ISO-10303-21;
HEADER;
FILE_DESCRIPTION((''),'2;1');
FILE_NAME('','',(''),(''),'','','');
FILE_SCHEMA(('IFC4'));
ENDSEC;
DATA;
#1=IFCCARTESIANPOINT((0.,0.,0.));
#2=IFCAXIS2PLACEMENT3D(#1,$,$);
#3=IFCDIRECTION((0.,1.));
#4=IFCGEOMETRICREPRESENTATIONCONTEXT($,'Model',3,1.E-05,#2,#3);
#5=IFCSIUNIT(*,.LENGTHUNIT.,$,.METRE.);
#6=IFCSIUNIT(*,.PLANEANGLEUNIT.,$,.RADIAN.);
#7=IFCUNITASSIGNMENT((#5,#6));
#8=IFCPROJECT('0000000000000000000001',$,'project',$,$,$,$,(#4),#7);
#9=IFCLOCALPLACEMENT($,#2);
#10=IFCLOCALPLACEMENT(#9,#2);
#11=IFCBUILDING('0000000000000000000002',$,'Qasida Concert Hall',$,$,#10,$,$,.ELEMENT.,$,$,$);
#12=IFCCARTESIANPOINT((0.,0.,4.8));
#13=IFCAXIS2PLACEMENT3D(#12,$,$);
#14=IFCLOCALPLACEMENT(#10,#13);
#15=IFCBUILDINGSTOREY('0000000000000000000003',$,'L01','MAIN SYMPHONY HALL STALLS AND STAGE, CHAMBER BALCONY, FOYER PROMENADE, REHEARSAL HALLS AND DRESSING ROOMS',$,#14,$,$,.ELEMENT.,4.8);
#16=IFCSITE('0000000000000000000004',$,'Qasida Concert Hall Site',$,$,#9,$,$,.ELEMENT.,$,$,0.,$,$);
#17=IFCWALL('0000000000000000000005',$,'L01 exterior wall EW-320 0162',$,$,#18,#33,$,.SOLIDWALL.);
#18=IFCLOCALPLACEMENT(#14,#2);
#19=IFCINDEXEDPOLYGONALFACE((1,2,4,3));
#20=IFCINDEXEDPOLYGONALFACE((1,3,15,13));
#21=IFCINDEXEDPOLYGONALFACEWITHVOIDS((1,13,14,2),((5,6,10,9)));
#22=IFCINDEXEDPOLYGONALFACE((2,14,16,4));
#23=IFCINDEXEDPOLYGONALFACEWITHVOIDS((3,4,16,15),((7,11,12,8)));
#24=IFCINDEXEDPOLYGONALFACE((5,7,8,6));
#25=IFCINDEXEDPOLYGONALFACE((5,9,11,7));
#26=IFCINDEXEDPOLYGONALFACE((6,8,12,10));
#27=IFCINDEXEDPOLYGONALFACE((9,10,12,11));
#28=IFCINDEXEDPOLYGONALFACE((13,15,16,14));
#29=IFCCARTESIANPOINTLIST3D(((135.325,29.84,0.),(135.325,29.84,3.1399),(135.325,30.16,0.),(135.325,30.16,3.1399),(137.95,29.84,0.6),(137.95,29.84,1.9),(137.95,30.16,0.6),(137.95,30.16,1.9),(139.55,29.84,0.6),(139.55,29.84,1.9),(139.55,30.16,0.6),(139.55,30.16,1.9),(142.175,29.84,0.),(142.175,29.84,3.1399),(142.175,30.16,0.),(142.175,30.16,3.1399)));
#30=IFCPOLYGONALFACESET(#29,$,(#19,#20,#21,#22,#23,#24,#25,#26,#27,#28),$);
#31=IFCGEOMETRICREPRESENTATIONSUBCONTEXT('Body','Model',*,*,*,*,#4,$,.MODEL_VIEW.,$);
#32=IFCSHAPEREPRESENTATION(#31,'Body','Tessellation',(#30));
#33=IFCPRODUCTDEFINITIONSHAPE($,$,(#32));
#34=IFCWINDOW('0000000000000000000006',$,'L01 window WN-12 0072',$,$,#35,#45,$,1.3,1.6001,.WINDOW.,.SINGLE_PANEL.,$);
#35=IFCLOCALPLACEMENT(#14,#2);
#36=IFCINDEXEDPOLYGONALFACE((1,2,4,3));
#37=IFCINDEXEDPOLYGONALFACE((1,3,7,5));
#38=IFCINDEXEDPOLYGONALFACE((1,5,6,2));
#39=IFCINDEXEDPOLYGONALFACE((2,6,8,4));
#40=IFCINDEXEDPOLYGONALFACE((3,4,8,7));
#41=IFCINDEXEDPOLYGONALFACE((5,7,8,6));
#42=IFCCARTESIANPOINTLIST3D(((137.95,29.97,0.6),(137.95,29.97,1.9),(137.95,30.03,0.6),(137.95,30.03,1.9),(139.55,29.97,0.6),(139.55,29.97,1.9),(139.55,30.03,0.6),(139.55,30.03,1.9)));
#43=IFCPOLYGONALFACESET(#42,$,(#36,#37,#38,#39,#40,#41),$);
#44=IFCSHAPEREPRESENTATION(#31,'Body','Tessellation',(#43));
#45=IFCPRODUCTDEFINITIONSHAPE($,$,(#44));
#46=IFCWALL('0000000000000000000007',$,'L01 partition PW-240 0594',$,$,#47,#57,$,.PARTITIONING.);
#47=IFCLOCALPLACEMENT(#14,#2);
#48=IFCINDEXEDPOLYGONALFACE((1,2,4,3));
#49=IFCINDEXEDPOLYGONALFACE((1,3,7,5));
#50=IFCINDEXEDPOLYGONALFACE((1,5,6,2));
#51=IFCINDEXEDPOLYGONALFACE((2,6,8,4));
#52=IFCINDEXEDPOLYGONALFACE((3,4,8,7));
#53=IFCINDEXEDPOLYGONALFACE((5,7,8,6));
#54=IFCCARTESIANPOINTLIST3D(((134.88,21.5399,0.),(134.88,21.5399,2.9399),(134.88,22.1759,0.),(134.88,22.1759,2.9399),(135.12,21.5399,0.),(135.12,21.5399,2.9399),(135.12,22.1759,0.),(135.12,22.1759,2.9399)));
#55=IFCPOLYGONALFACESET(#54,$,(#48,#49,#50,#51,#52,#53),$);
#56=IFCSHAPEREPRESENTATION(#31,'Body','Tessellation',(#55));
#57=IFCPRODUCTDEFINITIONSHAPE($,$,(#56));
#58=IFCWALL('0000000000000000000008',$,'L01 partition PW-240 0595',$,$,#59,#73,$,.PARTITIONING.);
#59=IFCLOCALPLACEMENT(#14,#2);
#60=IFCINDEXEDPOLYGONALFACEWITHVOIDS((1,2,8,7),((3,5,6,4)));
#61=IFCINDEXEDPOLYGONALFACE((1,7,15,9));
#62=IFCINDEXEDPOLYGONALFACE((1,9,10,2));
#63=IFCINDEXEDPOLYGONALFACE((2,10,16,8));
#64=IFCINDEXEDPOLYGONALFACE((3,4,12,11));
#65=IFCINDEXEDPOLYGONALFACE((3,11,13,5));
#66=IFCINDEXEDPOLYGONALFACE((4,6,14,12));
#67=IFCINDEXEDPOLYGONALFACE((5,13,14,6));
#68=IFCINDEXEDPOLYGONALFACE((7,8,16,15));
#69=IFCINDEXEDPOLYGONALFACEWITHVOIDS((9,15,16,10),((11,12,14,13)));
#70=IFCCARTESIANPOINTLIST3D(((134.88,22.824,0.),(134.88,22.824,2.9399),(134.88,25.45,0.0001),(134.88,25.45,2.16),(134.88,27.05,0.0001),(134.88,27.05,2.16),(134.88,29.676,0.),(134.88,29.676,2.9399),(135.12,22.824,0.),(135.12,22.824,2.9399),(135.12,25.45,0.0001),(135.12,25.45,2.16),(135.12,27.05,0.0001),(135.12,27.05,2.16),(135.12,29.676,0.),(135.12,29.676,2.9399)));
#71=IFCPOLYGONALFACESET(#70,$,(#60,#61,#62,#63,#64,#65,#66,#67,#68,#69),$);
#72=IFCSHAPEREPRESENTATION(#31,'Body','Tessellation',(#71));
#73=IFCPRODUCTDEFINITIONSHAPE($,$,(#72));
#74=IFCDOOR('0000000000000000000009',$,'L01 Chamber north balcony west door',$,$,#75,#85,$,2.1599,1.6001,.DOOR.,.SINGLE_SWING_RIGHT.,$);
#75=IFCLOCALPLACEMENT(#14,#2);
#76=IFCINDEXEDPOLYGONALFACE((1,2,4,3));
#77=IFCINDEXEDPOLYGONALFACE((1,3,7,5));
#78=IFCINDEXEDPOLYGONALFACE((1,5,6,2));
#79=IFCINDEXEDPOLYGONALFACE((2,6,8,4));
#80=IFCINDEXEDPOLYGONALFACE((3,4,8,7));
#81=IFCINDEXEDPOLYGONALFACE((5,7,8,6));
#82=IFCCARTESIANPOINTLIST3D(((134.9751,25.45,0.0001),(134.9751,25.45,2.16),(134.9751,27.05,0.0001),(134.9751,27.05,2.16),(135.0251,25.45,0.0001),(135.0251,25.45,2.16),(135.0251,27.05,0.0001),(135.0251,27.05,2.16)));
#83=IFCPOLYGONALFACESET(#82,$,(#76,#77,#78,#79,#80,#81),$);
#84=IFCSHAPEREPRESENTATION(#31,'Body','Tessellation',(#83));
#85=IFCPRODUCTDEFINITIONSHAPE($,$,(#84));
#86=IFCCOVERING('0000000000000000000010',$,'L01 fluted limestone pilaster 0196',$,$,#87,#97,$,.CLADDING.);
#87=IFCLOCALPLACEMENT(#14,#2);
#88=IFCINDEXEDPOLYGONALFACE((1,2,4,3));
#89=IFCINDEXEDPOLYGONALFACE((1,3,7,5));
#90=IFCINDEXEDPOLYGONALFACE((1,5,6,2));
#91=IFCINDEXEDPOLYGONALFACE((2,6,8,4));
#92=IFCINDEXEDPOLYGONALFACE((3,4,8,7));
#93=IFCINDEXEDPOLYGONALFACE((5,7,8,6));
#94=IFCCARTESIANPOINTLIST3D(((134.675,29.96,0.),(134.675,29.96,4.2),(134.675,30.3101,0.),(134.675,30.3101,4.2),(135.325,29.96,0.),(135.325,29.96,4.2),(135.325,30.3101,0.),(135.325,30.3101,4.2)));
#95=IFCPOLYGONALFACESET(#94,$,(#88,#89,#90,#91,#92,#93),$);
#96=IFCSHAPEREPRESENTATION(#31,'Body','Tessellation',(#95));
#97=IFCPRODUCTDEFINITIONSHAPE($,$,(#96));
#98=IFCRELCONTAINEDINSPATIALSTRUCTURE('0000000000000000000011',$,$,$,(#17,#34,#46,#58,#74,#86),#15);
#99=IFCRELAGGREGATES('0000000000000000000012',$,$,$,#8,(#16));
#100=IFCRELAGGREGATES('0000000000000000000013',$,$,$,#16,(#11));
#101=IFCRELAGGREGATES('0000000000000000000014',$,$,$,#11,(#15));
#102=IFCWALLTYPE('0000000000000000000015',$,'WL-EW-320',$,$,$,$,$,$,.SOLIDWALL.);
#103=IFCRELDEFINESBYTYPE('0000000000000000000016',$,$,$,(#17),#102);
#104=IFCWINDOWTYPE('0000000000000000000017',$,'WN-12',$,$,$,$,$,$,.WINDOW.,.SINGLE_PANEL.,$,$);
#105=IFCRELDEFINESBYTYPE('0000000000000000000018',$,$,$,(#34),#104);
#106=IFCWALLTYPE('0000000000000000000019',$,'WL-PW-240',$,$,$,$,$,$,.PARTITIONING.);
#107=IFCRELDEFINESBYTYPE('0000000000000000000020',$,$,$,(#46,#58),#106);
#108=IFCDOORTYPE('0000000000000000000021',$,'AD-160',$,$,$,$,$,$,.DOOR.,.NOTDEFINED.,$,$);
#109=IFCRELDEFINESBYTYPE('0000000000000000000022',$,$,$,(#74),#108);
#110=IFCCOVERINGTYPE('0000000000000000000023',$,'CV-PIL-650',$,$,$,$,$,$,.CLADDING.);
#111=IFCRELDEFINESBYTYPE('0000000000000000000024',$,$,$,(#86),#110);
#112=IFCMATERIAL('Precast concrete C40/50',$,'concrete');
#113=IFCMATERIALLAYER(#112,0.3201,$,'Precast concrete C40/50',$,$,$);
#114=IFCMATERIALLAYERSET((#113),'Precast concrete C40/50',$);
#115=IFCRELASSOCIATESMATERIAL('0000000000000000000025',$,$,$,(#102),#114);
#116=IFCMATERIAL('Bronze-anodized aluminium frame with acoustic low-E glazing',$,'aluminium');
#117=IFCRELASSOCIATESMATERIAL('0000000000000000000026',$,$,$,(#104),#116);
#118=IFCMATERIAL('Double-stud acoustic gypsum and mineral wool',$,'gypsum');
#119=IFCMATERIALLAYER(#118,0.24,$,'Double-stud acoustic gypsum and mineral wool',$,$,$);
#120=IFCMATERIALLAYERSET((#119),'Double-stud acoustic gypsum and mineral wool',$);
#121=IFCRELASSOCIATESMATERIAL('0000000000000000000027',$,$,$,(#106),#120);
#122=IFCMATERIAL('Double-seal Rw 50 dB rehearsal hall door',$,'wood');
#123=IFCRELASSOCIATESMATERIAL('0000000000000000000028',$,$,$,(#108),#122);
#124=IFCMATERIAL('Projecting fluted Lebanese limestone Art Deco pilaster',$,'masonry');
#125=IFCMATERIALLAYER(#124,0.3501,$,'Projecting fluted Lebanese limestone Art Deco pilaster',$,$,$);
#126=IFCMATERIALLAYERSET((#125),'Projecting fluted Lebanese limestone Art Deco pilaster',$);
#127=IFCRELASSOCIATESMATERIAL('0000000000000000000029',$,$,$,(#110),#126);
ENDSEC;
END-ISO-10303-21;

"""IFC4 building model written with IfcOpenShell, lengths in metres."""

from ifc_helpers import new_model, si_unit, direction, frame, frame_2d, origin, origin_2d, place, context, subcontext, project, spatial, rectangle, extrude, material, layer, layer_set, type_object, element, fill, save


model = new_model("IFC4")

# Units and contexts
model_context = context("Model", 3, precision=1e-05, world=origin(), true_north=direction((0.0, 1.0)))
body_context = subcontext(model_context, "Body", "Model", "MODEL_VIEW")
ifc_project = project(units=[si_unit("LENGTHUNIT", "METRE"), si_unit("PLANEANGLEUNIT", "RADIAN")], contexts=[model_context])

# Site, building, storey
site_placement = place(None, origin())
site = spatial("IfcSite", under=ifc_project, at=site_placement, Name="Qasida Concert Hall Site", CompositionType="ELEMENT", RefElevation=0.0)
building_placement = place(site_placement, origin())
building = spatial("IfcBuilding", under=site, at=building_placement, Name="Qasida Concert Hall", CompositionType="ELEMENT")
storey_placement = place(building_placement, frame((0.0, 0.0, 4.8)))
storey = spatial("IfcBuildingStorey", under=building, at=storey_placement, Name="L01", Description="MAIN SYMPHONY HALL STALLS AND STAGE, CHAMBER BALCONY, FOYER PROMENADE, REHEARSAL HALLS AND DRESSING ROOMS", CompositionType="ELEMENT", Elevation=4.8)

# Wall, opening, window
ifc_material_1 = material(Name="Precast concrete C40/50", Category="concrete")
ifc_layer_1 = layer(ifc_material_1, 0.3201, Name="Precast concrete C40/50")
ifc_layer_set_1 = layer_set([ifc_layer_1], Name="Precast concrete C40/50")
wall_type_1 = type_object("IfcWallType", Name="WL-EW-320", PredefinedType="SOLIDWALL", material=ifc_layer_set_1)
wall_1_placement = place(storey_placement, frame((142.175, 30.0, 0.0), z_axis=(0.0, 0.0, 1.0), x_axis=(-1.0, 0.0, 0.0)))
wall_1 = element("IfcWall", 1, at=wall_1_placement, inside=storey, type_object=wall_type_1, Name="L01 exterior wall EW-320 0162", PredefinedType="SOLIDWALL", context=body_context, shape_type="SweptSolid", body=[
    extrude(rectangle(XDim=6.8501, YDim=0.3201, at=frame_2d((3.425, 0.0))), origin(), (0.0, 0.0, 1.0), 3.1399),
])
opening_1_placement = place(wall_1_placement, frame((2.625, 0.0, 0.6001)))
opening_1 = element("IfcOpeningElement", 2, at=opening_1_placement, cuts=wall_1, PredefinedType="OPENING", context=body_context, shape_type="SweptSolid", body=[
    extrude(rectangle(XDim=1.6001, YDim=1.3, at=frame_2d((0.8, 0.6499))), frame((0.0, 0.1699, 0.0), z_axis=(0.0, -1.0, 0.0), x_axis=(1.0, 0.0, 0.0)), (0.0, 0.0, 1.0), 0.3401),
])
ifc_material_2 = material(Name="Bronze-anodized aluminium frame with acoustic low-E glazing", Category="aluminium")
window_type = type_object("IfcWindowType", Name="WN-12", PartitioningType="SINGLE_PANEL", PredefinedType="WINDOW", material=ifc_material_2)
window_placement = place(opening_1_placement, origin())
window = element("IfcWindow", 3, at=window_placement, inside=storey, type_object=window_type, Name="L01 window WN-12 0072", OverallHeight=1.3, OverallWidth=1.6001, PartitioningType="SINGLE_PANEL", PredefinedType="WINDOW", context=body_context, shape_type="SweptSolid", body=[
    extrude(rectangle(XDim=1.6001, YDim=1.3, at=frame_2d((0.8, 0.6499))), frame((0.0, 0.03, 0.0), z_axis=(0.0, -1.0, 0.0), x_axis=(1.0, 0.0, 0.0)), (0.0, 0.0, 1.0), 0.0601),
])
fill(opening_1, window)

# Wall
ifc_material_3 = material(Name="Double-stud acoustic gypsum and mineral wool", Category="gypsum")
ifc_layer_2 = layer(ifc_material_3, 0.24, Name="Double-stud acoustic gypsum and mineral wool")
ifc_layer_set_2 = layer_set([ifc_layer_2], Name="Double-stud acoustic gypsum and mineral wool")
wall_type_2 = type_object("IfcWallType", Name="WL-PW-240", PredefinedType="PARTITIONING", material=ifc_layer_set_2)
wall_2_placement = place(storey_placement, frame((135.0, 21.54, 0.0), z_axis=(0.0, 0.0, 1.0), x_axis=(0.0, 1.0, 0.0)))
element("IfcWall", 4, at=wall_2_placement, inside=storey, type_object=wall_type_2, Name="L01 partition PW-240 0594", PredefinedType="PARTITIONING", context=body_context, shape_type="SweptSolid", body=[
    extrude(rectangle(XDim=0.636, YDim=0.24, at=frame_2d((0.3179, 0.0))), origin(), (0.0, 0.0, 1.0), 2.9399),
])

# Wall, opening, door
wall_3_placement = place(storey_placement, frame((135.0, 22.824, 0.0), z_axis=(0.0, 0.0, 1.0), x_axis=(0.0, 1.0, 0.0)))
wall_3 = element("IfcWall", 5, at=wall_3_placement, inside=storey, type_object=wall_type_2, Name="L01 partition PW-240 0595", PredefinedType="PARTITIONING", context=body_context, shape_type="SweptSolid", body=[
    extrude(rectangle(XDim=6.8521, YDim=0.24, at=frame_2d((3.426, 0.0))), origin(), (0.0, 0.0, 1.0), 2.9399),
])
opening_2_placement = place(wall_3_placement, frame((2.626, 0.0, 0.0)))
opening_2 = element("IfcOpeningElement", 6, at=opening_2_placement, cuts=wall_3, PredefinedType="OPENING", context=body_context, shape_type="SweptSolid", body=[
    extrude(rectangle(XDim=1.6001, YDim=2.1599, at=frame_2d((0.8, 1.0801))), frame((0.0, 0.1299, 0.0), z_axis=(0.0, -1.0, 0.0), x_axis=(1.0, 0.0, 0.0)), (0.0, 0.0, 1.0), 0.26),
])
ifc_material_4 = material(Name="Double-seal Rw 50 dB rehearsal hall door", Category="wood")
door_type = type_object("IfcDoorType", Name="AD-160", OperationType="NOTDEFINED", PredefinedType="DOOR", material=ifc_material_4)
door_placement = place(opening_2_placement, origin())
door = element("IfcDoor", 7, at=door_placement, inside=storey, type_object=door_type, Name="L01 Chamber north balcony west door", OperationType="SINGLE_SWING_RIGHT", OverallHeight=2.1599, OverallWidth=1.6001, PredefinedType="DOOR", context=body_context, shape_type="SweptSolid", body=[
    extrude(rectangle(XDim=1.6001, YDim=2.1599, at=frame_2d((0.8, 1.0801))), frame((0.0, 0.0249, 0.0), z_axis=(0.0, -1.0, 0.0), x_axis=(1.0, 0.0, 0.0)), (0.0, 0.0, 1.0), 0.05),
])
fill(opening_2, door)

# Covering
ifc_material_5 = material(Name="Projecting fluted Lebanese limestone Art Deco pilaster", Category="masonry")
ifc_layer_3 = layer(ifc_material_5, 0.3501, Name="Projecting fluted Lebanese limestone Art Deco pilaster")
ifc_layer_set_3 = layer_set([ifc_layer_3], Name="Projecting fluted Lebanese limestone Art Deco pilaster")
covering_type = type_object("IfcCoveringType", Name="CV-PIL-650", PredefinedType="CLADDING", material=ifc_layer_set_3)
covering_placement = place(storey_placement, frame((135.0, 30.135, 0.0), z_axis=(0.0, 0.0, 1.0), x_axis=(1.0, 0.0, 0.0)))
element("IfcCovering", 8, at=covering_placement, inside=storey, type_object=covering_type, Name="L01 fluted limestone pilaster 0196", PredefinedType="CLADDING", context=body_context, shape_type="SweptSolid", body=[
    extrude(rectangle(XDim=0.6499, YDim=0.3501, at=origin_2d()), origin(), (0.0, 0.0, 1.0), 4.2),
])

save(model, "model.ifc")
